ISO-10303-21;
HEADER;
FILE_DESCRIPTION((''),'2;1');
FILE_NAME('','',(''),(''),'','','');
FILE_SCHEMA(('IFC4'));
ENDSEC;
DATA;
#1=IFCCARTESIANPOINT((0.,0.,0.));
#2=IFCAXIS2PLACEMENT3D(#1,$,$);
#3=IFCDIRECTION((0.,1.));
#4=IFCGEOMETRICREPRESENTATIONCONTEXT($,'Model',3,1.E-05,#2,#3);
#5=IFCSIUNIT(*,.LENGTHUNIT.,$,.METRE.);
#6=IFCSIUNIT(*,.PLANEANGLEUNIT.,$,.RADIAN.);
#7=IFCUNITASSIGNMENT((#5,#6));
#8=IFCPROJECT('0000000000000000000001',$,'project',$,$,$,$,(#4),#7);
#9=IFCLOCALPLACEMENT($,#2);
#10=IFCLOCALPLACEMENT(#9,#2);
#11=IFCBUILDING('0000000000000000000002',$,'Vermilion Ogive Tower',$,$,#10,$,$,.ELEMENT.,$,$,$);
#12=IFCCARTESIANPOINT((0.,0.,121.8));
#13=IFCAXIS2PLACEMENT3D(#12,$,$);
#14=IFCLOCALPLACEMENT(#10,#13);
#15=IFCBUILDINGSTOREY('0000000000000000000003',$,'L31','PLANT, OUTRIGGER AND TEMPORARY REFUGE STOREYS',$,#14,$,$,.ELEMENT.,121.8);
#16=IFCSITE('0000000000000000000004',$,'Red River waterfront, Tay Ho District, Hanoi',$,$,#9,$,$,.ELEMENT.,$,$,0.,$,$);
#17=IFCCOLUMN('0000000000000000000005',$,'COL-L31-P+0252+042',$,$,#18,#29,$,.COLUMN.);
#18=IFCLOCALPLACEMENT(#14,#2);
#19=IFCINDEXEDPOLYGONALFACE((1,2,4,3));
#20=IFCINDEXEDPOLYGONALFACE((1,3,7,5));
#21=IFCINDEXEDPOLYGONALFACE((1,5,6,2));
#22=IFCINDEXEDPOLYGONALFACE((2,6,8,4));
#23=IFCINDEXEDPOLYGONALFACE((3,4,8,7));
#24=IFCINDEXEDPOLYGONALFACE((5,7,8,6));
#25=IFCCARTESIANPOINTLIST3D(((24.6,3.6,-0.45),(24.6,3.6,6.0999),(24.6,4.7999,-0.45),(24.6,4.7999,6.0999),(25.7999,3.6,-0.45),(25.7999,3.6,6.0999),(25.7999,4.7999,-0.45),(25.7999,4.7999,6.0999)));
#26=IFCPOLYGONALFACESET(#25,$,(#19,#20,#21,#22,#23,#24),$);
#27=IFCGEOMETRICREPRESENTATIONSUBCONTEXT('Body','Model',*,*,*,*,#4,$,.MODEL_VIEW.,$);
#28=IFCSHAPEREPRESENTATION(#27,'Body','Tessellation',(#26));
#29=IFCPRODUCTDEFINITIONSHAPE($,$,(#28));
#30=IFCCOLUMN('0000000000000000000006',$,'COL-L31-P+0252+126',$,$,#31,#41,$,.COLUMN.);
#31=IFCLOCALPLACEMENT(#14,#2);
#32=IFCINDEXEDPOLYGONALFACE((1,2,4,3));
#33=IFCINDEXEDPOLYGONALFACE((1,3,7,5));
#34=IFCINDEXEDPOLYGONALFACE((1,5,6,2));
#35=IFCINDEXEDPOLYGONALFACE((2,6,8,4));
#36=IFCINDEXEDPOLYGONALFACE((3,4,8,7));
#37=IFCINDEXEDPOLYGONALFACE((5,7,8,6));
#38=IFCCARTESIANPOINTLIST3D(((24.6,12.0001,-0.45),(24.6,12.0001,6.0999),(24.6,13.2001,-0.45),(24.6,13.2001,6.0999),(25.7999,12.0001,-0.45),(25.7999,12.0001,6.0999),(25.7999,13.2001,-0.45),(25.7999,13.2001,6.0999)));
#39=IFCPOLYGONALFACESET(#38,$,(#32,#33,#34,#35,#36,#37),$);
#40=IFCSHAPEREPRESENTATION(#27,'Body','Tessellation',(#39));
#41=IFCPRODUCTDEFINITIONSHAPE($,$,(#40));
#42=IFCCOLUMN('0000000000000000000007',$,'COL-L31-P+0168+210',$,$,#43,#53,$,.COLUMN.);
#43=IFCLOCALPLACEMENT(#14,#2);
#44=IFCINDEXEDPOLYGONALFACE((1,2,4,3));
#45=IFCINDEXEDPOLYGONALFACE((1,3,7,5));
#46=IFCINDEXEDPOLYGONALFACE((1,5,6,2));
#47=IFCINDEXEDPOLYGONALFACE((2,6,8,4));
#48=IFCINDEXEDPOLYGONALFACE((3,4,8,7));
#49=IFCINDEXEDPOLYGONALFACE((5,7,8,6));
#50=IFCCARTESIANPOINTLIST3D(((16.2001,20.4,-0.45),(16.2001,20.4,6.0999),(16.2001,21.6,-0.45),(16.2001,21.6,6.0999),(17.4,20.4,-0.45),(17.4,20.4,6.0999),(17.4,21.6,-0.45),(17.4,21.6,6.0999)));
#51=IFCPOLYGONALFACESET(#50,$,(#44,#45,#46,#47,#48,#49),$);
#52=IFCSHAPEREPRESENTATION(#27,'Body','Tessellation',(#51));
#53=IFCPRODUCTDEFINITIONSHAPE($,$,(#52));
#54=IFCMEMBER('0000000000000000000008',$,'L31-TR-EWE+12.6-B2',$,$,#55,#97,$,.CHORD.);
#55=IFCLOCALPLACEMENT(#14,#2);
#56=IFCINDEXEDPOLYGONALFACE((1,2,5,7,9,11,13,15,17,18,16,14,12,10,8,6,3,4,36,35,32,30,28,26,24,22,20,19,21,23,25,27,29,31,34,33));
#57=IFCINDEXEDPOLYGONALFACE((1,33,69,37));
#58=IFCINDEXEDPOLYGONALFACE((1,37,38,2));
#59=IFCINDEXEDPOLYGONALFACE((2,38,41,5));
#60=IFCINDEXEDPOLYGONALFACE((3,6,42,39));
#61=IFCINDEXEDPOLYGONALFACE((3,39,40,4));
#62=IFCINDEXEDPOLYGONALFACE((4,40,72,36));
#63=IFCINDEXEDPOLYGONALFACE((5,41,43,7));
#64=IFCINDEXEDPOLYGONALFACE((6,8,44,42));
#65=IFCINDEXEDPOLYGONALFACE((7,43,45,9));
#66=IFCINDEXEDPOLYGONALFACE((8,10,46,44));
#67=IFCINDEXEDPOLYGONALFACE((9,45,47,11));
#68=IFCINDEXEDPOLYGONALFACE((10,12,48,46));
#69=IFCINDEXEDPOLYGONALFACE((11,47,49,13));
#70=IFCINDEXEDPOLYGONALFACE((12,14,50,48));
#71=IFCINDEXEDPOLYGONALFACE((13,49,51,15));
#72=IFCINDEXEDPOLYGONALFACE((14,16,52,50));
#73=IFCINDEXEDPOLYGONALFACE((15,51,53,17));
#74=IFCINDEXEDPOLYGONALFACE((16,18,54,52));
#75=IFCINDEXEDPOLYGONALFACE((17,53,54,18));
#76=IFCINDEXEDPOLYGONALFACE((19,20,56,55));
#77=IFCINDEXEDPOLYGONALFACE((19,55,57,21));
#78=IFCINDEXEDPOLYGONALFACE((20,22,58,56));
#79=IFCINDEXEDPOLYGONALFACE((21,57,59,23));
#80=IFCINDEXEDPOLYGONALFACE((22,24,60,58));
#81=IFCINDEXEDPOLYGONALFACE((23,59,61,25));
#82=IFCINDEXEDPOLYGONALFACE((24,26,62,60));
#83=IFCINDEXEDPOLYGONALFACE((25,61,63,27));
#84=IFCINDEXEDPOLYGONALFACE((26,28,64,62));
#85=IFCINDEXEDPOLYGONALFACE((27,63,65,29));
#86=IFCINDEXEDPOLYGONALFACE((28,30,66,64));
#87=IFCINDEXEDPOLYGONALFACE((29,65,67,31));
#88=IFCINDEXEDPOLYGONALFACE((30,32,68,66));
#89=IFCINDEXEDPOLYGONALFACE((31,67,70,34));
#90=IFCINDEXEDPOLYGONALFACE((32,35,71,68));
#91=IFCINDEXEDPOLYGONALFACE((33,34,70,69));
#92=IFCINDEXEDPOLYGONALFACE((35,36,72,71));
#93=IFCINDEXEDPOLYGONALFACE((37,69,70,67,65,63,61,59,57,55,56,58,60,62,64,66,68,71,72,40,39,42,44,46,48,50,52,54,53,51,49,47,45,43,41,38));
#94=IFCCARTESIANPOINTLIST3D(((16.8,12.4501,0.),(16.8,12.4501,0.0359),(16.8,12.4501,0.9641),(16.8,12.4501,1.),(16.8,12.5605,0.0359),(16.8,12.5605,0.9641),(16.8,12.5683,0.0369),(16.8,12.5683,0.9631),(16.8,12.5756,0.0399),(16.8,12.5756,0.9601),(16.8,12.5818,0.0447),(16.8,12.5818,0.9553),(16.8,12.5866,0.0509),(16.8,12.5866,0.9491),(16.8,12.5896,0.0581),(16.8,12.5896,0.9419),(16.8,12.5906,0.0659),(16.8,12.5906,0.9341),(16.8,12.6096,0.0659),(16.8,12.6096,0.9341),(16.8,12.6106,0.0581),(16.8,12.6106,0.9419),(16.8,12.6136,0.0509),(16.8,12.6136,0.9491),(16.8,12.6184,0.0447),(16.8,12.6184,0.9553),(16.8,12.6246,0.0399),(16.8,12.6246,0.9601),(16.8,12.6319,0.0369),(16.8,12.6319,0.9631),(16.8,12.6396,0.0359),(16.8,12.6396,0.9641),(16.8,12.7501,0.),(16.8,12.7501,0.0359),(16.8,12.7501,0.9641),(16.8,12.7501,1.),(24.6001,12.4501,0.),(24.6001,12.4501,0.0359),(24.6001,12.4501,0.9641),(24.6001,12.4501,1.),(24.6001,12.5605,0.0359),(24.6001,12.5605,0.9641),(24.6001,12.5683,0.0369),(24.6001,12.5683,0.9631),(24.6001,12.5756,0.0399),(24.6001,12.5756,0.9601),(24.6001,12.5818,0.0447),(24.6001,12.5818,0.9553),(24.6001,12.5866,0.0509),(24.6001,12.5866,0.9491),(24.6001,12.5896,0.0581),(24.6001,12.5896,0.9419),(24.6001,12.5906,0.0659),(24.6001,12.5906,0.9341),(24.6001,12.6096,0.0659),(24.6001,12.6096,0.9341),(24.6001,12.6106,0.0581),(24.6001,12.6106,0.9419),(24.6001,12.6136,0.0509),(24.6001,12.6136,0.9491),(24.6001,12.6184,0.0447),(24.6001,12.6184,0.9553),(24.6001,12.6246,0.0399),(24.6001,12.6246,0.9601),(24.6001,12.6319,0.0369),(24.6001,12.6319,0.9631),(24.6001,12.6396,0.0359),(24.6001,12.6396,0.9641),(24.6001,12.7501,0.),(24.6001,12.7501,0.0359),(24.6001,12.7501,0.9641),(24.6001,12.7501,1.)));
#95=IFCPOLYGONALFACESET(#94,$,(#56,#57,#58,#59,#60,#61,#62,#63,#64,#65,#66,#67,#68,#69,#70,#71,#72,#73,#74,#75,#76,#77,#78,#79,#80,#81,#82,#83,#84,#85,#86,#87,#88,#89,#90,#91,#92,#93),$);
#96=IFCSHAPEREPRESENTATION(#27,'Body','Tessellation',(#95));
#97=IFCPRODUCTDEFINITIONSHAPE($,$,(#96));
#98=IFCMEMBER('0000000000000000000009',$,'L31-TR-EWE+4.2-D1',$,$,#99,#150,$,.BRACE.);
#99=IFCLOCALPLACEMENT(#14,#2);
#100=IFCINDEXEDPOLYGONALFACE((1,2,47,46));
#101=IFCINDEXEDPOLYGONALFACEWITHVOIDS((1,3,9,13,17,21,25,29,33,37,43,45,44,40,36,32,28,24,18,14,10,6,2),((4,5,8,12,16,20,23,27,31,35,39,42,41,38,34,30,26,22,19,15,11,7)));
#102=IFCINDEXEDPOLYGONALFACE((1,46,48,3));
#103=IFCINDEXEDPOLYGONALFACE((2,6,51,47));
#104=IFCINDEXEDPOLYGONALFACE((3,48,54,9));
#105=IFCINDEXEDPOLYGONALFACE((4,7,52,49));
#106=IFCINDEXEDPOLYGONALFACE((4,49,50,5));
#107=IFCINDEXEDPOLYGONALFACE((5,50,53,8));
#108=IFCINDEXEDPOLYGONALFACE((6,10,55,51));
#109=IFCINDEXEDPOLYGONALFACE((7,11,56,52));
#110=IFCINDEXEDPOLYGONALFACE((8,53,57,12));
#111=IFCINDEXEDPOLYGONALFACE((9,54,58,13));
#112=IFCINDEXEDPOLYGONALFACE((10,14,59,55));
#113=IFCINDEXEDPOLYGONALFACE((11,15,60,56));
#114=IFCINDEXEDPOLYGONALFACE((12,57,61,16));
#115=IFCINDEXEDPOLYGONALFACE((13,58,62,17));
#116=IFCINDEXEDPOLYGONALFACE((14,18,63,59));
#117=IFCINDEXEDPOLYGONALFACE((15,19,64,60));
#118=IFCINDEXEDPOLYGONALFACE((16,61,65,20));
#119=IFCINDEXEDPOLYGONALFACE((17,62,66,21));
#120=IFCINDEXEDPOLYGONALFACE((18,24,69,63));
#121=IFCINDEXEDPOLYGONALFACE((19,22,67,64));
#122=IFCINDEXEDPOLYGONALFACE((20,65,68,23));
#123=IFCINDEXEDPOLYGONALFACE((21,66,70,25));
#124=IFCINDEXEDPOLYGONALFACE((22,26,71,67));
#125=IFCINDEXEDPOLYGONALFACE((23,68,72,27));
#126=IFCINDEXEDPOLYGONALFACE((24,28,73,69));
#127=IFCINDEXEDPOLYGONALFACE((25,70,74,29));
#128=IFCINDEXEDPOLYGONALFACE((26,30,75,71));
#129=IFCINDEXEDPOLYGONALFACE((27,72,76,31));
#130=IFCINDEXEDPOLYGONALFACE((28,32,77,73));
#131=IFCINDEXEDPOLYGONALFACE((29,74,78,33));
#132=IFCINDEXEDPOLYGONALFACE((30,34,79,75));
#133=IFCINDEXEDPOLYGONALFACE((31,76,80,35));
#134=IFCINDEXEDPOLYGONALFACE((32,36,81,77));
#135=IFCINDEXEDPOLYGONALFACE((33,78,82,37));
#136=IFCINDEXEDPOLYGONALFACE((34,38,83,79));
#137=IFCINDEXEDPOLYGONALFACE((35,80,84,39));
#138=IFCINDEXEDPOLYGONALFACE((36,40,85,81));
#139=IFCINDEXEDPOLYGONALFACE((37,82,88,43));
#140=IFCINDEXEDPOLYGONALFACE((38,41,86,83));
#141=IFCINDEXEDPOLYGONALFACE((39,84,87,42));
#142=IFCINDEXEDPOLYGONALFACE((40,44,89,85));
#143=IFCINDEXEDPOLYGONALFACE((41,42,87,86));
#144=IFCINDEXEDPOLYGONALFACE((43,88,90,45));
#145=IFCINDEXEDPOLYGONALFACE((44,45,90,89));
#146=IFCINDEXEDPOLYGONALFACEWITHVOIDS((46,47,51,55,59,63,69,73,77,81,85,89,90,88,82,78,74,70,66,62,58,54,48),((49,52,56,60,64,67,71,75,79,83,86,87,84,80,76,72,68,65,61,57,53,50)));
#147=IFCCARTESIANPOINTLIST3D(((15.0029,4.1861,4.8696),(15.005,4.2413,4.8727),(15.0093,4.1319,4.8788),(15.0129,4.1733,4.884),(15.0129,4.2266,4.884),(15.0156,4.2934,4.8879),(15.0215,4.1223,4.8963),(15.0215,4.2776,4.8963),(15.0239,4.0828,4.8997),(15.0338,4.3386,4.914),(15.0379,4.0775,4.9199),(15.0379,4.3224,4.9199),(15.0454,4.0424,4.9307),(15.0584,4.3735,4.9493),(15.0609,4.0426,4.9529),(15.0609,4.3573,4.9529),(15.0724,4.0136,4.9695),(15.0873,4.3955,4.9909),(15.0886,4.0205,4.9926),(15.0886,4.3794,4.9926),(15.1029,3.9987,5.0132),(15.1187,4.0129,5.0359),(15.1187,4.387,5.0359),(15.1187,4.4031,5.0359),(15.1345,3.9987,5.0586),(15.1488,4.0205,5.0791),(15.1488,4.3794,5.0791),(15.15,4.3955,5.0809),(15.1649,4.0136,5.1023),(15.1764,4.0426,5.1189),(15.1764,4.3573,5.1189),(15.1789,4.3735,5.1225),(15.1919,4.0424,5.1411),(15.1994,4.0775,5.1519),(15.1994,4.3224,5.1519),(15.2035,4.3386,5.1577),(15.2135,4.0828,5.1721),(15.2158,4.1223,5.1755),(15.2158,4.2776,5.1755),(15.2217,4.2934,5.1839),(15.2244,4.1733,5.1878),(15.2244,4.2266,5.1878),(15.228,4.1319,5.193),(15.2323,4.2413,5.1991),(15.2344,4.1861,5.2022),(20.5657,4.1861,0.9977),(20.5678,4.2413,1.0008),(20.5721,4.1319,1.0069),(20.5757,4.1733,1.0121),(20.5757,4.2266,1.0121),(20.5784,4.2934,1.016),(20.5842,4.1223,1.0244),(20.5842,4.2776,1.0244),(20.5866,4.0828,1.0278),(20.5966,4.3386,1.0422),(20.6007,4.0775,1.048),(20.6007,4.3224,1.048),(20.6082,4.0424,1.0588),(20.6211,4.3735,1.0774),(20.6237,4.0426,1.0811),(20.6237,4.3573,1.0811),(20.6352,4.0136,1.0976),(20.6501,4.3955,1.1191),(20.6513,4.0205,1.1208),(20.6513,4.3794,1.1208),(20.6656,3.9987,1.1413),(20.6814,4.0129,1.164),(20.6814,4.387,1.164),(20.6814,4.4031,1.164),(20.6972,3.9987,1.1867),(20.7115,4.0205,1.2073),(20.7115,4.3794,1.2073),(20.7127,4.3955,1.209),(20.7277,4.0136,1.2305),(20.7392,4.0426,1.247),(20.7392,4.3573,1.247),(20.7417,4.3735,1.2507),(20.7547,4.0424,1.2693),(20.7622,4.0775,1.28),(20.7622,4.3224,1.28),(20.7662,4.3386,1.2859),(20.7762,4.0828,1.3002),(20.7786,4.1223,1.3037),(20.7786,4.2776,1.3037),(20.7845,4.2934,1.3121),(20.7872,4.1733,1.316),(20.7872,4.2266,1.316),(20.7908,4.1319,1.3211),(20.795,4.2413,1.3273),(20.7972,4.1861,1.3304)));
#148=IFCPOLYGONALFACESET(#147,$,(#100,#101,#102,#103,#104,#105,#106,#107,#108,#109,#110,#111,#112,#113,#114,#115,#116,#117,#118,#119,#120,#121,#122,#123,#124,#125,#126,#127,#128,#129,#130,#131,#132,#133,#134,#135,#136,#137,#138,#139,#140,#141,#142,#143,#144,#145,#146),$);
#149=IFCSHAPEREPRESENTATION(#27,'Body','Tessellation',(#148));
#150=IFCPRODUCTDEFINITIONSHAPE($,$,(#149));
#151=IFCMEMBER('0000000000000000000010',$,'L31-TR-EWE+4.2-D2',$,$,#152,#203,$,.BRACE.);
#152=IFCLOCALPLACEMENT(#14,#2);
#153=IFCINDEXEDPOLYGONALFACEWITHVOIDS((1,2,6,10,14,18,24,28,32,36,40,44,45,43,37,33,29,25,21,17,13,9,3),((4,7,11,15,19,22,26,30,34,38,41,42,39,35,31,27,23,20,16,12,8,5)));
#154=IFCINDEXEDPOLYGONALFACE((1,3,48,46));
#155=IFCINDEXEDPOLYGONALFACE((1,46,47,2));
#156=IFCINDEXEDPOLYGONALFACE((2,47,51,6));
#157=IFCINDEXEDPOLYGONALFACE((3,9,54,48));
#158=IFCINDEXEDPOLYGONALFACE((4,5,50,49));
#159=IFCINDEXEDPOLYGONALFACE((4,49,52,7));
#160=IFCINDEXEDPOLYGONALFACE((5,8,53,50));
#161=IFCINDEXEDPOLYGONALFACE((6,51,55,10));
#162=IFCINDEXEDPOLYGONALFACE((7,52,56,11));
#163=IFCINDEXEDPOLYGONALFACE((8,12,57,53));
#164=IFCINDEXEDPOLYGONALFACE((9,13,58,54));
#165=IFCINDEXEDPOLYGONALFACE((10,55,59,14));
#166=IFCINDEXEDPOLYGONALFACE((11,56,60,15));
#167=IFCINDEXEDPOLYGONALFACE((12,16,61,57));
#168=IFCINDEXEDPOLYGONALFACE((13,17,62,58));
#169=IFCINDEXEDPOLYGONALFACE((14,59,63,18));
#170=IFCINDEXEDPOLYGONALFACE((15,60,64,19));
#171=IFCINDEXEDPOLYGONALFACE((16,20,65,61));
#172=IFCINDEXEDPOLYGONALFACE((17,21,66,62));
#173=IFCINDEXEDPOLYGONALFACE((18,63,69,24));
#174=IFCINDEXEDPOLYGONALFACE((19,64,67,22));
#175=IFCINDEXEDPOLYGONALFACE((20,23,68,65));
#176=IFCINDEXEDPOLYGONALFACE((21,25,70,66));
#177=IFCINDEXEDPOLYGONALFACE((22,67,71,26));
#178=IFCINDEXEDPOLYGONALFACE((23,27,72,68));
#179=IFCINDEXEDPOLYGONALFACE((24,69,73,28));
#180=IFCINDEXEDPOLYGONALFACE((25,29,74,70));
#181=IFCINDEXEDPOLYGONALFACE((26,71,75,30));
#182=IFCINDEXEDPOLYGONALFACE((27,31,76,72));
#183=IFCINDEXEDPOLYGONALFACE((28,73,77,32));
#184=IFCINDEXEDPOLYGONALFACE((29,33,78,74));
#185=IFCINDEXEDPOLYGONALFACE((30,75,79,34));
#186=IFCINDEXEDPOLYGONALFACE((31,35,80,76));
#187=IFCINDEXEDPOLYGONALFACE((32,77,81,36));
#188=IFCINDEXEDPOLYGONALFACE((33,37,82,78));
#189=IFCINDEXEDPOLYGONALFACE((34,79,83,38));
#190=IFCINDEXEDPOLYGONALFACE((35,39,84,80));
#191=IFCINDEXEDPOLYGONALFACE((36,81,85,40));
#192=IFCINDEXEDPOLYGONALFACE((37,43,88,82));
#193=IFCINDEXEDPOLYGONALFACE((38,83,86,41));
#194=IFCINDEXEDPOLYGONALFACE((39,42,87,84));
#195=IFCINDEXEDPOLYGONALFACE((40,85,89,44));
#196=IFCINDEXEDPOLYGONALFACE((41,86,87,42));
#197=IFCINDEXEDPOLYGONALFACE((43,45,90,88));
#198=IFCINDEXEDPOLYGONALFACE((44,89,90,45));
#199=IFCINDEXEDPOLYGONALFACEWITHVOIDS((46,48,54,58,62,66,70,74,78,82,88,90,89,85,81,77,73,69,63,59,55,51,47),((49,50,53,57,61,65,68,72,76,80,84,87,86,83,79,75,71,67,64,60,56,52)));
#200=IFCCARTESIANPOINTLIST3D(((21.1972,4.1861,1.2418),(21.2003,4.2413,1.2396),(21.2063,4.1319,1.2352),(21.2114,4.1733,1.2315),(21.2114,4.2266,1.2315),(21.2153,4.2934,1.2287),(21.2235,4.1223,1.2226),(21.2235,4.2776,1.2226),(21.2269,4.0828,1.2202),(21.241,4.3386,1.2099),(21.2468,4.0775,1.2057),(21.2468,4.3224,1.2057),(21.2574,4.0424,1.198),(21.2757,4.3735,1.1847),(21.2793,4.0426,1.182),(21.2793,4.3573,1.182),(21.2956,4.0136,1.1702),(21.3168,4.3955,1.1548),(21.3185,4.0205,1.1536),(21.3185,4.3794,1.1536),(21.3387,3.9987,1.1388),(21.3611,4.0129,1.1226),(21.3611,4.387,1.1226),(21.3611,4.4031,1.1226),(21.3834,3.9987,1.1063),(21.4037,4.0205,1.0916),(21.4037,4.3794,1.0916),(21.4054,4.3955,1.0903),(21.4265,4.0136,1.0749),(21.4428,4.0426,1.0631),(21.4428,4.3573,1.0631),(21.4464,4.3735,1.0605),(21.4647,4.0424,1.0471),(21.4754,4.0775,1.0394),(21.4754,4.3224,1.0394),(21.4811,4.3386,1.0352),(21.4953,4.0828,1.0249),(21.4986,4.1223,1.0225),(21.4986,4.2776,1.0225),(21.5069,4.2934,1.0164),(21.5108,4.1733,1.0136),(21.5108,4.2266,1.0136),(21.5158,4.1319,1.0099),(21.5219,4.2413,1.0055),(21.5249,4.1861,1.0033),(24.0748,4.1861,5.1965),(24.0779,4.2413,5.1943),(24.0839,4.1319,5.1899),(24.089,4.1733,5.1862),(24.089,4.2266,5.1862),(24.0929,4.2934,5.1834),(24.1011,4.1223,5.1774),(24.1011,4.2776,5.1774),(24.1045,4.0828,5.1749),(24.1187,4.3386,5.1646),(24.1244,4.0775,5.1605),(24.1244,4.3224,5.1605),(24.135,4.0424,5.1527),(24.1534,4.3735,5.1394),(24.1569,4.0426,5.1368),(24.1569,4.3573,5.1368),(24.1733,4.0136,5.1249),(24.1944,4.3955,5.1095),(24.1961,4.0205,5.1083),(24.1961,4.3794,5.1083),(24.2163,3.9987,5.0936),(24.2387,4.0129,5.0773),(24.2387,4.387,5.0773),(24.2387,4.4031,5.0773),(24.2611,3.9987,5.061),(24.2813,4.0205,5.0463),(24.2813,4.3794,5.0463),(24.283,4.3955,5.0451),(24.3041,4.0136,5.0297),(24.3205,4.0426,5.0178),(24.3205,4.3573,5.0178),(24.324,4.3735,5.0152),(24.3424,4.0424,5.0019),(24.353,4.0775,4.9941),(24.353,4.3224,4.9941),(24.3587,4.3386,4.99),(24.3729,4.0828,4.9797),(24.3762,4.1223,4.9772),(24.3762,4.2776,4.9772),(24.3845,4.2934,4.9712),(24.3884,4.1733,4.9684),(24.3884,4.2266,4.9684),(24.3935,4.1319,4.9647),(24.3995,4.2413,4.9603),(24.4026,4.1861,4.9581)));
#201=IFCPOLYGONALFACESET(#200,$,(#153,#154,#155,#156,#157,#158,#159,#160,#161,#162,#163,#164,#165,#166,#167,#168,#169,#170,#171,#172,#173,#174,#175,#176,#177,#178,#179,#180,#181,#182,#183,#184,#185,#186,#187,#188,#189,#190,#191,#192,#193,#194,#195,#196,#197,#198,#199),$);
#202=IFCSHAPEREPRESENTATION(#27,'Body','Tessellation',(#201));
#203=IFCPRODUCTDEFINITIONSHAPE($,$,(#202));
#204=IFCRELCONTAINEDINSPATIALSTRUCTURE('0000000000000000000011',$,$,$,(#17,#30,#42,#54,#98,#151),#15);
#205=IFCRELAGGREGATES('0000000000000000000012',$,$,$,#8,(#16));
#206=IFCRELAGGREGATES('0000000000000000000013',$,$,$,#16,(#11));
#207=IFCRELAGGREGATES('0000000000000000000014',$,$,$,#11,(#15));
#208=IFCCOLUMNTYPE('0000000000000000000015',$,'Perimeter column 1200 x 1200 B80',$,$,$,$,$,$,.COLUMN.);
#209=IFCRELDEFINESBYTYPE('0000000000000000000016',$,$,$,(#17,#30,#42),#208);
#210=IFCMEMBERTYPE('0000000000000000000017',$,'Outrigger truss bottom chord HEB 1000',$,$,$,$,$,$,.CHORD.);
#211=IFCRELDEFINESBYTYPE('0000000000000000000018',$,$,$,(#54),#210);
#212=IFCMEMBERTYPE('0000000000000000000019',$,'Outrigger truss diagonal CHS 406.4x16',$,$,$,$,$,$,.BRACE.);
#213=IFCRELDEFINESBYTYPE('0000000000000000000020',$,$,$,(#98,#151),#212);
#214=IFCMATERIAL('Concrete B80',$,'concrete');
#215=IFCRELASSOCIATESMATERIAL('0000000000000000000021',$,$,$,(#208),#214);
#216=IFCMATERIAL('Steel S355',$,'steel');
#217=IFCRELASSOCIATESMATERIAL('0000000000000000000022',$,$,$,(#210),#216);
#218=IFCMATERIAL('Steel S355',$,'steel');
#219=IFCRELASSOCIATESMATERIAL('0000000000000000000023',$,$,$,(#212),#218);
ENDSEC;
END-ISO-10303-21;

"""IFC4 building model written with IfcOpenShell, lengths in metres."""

from ifc_helpers import new_model, si_unit, direction, frame, origin, origin_2d, place, context, subcontext, project, spatial, rectangle, hollow_circle, i_section, extrude, material, material_profile, profile_set, type_object, element, save


model = new_model("IFC4")

# Units and contexts
model_context = context("Model", 3, precision=1e-05, world=origin(), true_north=direction((0.0, 1.0)))
body_context = subcontext(model_context, "Body", "Model", "MODEL_VIEW")
ifc_project = project(units=[si_unit("LENGTHUNIT", "METRE"), si_unit("PLANEANGLEUNIT", "RADIAN")], contexts=[model_context])

# Site, building, storey
site_placement = place(None, origin())
site = spatial("IfcSite", under=ifc_project, at=site_placement, Name="Red River waterfront, Tay Ho District, Hanoi", CompositionType="ELEMENT", RefElevation=0.0)
building_placement = place(site_placement, origin())
building = spatial("IfcBuilding", under=site, at=building_placement, Name="Vermilion Ogive Tower", CompositionType="ELEMENT")
storey_placement = place(building_placement, frame((0.0, 0.0, 121.8)))
storey = spatial("IfcBuildingStorey", under=building, at=storey_placement, Name="L31", Description="PLANT, OUTRIGGER AND TEMPORARY REFUGE STOREYS", CompositionType="ELEMENT", Elevation=121.8)

# Columns
ifc_material_1 = material(Name="Concrete B80", Category="concrete")
ifc_material_profile_1 = material_profile(ifc_material_1, rectangle(XDim=1.2, YDim=1.2, at=origin_2d()), Name="1200 x 1200")
ifc_profile_set_1 = profile_set([ifc_material_profile_1], Name="Concrete B80")
column_type = type_object("IfcColumnType", Name="Perimeter column 1200 x 1200 B80", PredefinedType="COLUMN", material=ifc_profile_set_1)
for number, where, z_axis, x_axis, name in (
    (1, (25.2, 4.2, -0.45), (0.0, 0.0, 1.0), (1.0, 0.0, 0.0), "COL-L31-P+0252+042"),
    (2, (25.2, 12.6001, -0.45), (0.0, 0.0, 1.0), (1.0, 0.0, 0.0), "COL-L31-P+0252+126"),
    (3, (16.8, 21.0, -0.45), (0.0, 0.0, 1.0), (1.0, 0.0, 0.0), "COL-L31-P+0168+210"),
):
    element("IfcColumn", number, at=place(storey_placement, frame(where, z_axis=z_axis, x_axis=x_axis)), inside=storey, type_object=column_type, Name=name, PredefinedType="COLUMN", context=body_context, shape_type="SweptSolid", body=[
        extrude(rectangle(XDim=1.2, YDim=1.2, at=origin_2d()), origin(), (0.0, 0.0, 1.0), 6.5498),
    ])

# Members
ifc_material_2 = material(Name="Steel S355", Category="steel")
ifc_material_profile_2 = material_profile(ifc_material_2, i_section(OverallWidth=0.3, OverallDepth=1.0, WebThickness=0.019, FlangeThickness=0.0359, FilletRadius=0.03, at=origin_2d()), Name="HEB 1000")
ifc_profile_set_2 = profile_set([ifc_material_profile_2], Name="Steel S355")
member_type_1 = type_object("IfcMemberType", Name="Outrigger truss bottom chord HEB 1000", PredefinedType="CHORD", material=ifc_profile_set_2)
member_1_placement = place(storey_placement, frame((16.8, 12.6001, 0.5), z_axis=(1.0, 0.0, 0.0), x_axis=(0.0, 1.0, 0.0)))
element("IfcMember", 4, at=member_1_placement, inside=storey, type_object=member_type_1, Name="L31-TR-EWE+12.6-B2", PredefinedType="CHORD", context=body_context, shape_type="SweptSolid", body=[
    extrude(i_section(OverallWidth=0.3, OverallDepth=1.0, WebThickness=0.019, FlangeThickness=0.0359, FilletRadius=0.03, at=origin_2d()), origin(), (0.0, 0.0, 1.0), 7.8),
])
ifc_material_3 = material(Name="Steel S355", Category="steel")
ifc_material_profile_3 = material_profile(ifc_material_3, hollow_circle(Radius=0.2031, WallThickness=0.0161, at=origin_2d()), Name="CHS 406.4x16")
ifc_profile_set_3 = profile_set([ifc_material_profile_3], Name="Steel S355")
member_type_2 = type_object("IfcMemberType", Name="Outrigger truss diagonal CHS 406.4x16", PredefinedType="BRACE", material=ifc_profile_set_3)
member_2_placement = place(storey_placement, frame((15.1187, 4.2, 5.0359), z_axis=(0.820761, 0.0, -0.571272), x_axis=(0.0, 1.0, 0.0)))
element("IfcMember", 5, at=member_2_placement, inside=storey, type_object=member_type_2, Name="L31-TR-EWE+4.2-D1", PredefinedType="BRACE", context=body_context, shape_type="SweptSolid", body=[
    extrude(hollow_circle(Radius=0.2031, WallThickness=0.0161, at=origin_2d()), origin(), (0.0, 0.0, 1.0), 6.7776),
])
member_3_placement = place(storey_placement, frame((21.3611, 4.2, 1.1226), z_axis=(0.588365, 0.0, 0.808596), x_axis=(0.0, 1.0, 0.0)))
element("IfcMember", 6, at=member_3_placement, inside=storey, type_object=member_type_2, Name="L31-TR-EWE+4.2-D2", PredefinedType="BRACE", context=body_context, shape_type="SweptSolid", body=[
    extrude(hollow_circle(Radius=0.2031, WallThickness=0.0161, at=origin_2d()), origin(), (0.0, 0.0, 1.0), 4.8909),
])

save(model, "model.ifc")
